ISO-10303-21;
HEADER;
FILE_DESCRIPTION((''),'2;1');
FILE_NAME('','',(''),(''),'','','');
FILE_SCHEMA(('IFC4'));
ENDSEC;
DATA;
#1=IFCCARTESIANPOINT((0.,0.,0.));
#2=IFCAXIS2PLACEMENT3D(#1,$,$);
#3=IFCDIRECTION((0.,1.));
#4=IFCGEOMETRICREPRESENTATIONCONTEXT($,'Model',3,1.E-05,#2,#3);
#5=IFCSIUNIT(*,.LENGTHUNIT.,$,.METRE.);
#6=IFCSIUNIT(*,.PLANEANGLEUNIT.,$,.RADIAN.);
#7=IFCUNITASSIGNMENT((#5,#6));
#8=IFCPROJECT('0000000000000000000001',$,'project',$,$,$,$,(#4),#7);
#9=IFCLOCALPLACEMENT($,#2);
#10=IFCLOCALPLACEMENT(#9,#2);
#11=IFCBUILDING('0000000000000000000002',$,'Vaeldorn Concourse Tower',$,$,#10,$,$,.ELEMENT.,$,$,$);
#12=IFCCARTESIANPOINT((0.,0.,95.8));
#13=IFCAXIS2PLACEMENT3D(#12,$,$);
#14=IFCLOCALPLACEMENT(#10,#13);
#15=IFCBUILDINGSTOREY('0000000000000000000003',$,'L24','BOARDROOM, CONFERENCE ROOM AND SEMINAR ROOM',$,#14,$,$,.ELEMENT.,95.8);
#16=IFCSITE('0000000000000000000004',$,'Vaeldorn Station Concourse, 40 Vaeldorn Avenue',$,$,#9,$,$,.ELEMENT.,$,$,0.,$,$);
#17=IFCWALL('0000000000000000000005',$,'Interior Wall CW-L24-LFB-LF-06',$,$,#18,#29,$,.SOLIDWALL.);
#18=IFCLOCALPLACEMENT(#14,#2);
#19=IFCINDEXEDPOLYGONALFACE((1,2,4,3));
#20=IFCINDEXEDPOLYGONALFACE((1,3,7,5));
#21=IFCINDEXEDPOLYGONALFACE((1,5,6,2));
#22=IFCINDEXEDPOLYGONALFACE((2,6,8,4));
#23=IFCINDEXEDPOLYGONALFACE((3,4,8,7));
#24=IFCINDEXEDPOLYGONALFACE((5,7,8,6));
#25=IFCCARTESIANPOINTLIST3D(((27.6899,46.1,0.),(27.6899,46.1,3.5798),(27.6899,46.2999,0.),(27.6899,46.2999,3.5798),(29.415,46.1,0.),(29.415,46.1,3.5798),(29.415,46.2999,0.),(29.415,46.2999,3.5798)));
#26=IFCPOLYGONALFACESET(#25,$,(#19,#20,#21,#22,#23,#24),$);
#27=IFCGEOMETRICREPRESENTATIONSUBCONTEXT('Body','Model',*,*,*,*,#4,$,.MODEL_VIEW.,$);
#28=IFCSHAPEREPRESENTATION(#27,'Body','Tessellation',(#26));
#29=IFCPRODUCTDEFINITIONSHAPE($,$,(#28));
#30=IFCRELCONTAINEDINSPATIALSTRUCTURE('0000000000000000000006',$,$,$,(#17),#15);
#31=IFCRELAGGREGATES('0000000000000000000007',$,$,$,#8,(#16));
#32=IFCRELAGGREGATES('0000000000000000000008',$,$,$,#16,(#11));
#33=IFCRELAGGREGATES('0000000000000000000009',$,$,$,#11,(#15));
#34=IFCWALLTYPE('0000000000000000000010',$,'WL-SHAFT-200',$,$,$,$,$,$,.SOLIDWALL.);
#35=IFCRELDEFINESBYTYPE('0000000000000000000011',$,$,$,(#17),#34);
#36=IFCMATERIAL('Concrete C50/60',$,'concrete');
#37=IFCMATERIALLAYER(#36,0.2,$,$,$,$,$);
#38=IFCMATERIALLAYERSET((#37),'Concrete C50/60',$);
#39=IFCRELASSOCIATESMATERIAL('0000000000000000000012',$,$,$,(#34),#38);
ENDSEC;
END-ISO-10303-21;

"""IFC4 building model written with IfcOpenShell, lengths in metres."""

from ifc_helpers import new_model, si_unit, direction, frame, frame_2d, origin, place, context, subcontext, project, spatial, rectangle, extrude, material, layer, layer_set, type_object, element, save


model = new_model("IFC4")

# Units and contexts
model_context = context("Model", 3, precision=1e-05, world=origin(), true_north=direction((0.0, 1.0)))
body_context = subcontext(model_context, "Body", "Model", "MODEL_VIEW")
ifc_project = project(units=[si_unit("LENGTHUNIT", "METRE"), si_unit("PLANEANGLEUNIT", "RADIAN")], contexts=[model_context])

# Site, building, storey
site_placement = place(None, origin())
site = spatial("IfcSite", under=ifc_project, at=site_placement, Name="Vaeldorn Station Concourse, 40 Vaeldorn Avenue", CompositionType="ELEMENT", RefElevation=0.0)
building_placement = place(site_placement, origin())
building = spatial("IfcBuilding", under=site, at=building_placement, Name="Vaeldorn Concourse Tower", CompositionType="ELEMENT")
storey_placement = place(building_placement, frame((0.0, 0.0, 95.8)))
storey = spatial("IfcBuildingStorey", under=building, at=storey_placement, Name="L24", Description="BOARDROOM, CONFERENCE ROOM AND SEMINAR ROOM", CompositionType="ELEMENT", Elevation=95.8)

# Shared definitions
ifc_material_1 = material(Name="Concrete C50/60", Category="concrete")
ifc_layer_1 = layer(ifc_material_1, 0.2)
ifc_layer_set_1 = layer_set([ifc_layer_1], Name="Concrete C50/60")
wall_type_1 = type_object("IfcWallType", Name="WL-SHAFT-200", PredefinedType="SOLIDWALL", material=ifc_layer_set_1)

# Wall
wall_1_placement = place(storey_placement, frame((27.6899, 46.2, 0.0), z_axis=(0.0, 0.0, 1.0), x_axis=(1.0, 0.0, 0.0)))
element("IfcWall", 1, at=wall_1_placement, inside=storey, type_object=wall_type_1, Name="Interior Wall CW-L24-LFB-LF-06", PredefinedType="SOLIDWALL", context=body_context, shape_type="SweptSolid", body=[
    extrude(rectangle(XDim=1.7251, YDim=0.2, at=frame_2d((0.8625, 0.0))), origin(), (0.0, 0.0, 1.0), 3.5798),
])

save(model, "model.ifc")
